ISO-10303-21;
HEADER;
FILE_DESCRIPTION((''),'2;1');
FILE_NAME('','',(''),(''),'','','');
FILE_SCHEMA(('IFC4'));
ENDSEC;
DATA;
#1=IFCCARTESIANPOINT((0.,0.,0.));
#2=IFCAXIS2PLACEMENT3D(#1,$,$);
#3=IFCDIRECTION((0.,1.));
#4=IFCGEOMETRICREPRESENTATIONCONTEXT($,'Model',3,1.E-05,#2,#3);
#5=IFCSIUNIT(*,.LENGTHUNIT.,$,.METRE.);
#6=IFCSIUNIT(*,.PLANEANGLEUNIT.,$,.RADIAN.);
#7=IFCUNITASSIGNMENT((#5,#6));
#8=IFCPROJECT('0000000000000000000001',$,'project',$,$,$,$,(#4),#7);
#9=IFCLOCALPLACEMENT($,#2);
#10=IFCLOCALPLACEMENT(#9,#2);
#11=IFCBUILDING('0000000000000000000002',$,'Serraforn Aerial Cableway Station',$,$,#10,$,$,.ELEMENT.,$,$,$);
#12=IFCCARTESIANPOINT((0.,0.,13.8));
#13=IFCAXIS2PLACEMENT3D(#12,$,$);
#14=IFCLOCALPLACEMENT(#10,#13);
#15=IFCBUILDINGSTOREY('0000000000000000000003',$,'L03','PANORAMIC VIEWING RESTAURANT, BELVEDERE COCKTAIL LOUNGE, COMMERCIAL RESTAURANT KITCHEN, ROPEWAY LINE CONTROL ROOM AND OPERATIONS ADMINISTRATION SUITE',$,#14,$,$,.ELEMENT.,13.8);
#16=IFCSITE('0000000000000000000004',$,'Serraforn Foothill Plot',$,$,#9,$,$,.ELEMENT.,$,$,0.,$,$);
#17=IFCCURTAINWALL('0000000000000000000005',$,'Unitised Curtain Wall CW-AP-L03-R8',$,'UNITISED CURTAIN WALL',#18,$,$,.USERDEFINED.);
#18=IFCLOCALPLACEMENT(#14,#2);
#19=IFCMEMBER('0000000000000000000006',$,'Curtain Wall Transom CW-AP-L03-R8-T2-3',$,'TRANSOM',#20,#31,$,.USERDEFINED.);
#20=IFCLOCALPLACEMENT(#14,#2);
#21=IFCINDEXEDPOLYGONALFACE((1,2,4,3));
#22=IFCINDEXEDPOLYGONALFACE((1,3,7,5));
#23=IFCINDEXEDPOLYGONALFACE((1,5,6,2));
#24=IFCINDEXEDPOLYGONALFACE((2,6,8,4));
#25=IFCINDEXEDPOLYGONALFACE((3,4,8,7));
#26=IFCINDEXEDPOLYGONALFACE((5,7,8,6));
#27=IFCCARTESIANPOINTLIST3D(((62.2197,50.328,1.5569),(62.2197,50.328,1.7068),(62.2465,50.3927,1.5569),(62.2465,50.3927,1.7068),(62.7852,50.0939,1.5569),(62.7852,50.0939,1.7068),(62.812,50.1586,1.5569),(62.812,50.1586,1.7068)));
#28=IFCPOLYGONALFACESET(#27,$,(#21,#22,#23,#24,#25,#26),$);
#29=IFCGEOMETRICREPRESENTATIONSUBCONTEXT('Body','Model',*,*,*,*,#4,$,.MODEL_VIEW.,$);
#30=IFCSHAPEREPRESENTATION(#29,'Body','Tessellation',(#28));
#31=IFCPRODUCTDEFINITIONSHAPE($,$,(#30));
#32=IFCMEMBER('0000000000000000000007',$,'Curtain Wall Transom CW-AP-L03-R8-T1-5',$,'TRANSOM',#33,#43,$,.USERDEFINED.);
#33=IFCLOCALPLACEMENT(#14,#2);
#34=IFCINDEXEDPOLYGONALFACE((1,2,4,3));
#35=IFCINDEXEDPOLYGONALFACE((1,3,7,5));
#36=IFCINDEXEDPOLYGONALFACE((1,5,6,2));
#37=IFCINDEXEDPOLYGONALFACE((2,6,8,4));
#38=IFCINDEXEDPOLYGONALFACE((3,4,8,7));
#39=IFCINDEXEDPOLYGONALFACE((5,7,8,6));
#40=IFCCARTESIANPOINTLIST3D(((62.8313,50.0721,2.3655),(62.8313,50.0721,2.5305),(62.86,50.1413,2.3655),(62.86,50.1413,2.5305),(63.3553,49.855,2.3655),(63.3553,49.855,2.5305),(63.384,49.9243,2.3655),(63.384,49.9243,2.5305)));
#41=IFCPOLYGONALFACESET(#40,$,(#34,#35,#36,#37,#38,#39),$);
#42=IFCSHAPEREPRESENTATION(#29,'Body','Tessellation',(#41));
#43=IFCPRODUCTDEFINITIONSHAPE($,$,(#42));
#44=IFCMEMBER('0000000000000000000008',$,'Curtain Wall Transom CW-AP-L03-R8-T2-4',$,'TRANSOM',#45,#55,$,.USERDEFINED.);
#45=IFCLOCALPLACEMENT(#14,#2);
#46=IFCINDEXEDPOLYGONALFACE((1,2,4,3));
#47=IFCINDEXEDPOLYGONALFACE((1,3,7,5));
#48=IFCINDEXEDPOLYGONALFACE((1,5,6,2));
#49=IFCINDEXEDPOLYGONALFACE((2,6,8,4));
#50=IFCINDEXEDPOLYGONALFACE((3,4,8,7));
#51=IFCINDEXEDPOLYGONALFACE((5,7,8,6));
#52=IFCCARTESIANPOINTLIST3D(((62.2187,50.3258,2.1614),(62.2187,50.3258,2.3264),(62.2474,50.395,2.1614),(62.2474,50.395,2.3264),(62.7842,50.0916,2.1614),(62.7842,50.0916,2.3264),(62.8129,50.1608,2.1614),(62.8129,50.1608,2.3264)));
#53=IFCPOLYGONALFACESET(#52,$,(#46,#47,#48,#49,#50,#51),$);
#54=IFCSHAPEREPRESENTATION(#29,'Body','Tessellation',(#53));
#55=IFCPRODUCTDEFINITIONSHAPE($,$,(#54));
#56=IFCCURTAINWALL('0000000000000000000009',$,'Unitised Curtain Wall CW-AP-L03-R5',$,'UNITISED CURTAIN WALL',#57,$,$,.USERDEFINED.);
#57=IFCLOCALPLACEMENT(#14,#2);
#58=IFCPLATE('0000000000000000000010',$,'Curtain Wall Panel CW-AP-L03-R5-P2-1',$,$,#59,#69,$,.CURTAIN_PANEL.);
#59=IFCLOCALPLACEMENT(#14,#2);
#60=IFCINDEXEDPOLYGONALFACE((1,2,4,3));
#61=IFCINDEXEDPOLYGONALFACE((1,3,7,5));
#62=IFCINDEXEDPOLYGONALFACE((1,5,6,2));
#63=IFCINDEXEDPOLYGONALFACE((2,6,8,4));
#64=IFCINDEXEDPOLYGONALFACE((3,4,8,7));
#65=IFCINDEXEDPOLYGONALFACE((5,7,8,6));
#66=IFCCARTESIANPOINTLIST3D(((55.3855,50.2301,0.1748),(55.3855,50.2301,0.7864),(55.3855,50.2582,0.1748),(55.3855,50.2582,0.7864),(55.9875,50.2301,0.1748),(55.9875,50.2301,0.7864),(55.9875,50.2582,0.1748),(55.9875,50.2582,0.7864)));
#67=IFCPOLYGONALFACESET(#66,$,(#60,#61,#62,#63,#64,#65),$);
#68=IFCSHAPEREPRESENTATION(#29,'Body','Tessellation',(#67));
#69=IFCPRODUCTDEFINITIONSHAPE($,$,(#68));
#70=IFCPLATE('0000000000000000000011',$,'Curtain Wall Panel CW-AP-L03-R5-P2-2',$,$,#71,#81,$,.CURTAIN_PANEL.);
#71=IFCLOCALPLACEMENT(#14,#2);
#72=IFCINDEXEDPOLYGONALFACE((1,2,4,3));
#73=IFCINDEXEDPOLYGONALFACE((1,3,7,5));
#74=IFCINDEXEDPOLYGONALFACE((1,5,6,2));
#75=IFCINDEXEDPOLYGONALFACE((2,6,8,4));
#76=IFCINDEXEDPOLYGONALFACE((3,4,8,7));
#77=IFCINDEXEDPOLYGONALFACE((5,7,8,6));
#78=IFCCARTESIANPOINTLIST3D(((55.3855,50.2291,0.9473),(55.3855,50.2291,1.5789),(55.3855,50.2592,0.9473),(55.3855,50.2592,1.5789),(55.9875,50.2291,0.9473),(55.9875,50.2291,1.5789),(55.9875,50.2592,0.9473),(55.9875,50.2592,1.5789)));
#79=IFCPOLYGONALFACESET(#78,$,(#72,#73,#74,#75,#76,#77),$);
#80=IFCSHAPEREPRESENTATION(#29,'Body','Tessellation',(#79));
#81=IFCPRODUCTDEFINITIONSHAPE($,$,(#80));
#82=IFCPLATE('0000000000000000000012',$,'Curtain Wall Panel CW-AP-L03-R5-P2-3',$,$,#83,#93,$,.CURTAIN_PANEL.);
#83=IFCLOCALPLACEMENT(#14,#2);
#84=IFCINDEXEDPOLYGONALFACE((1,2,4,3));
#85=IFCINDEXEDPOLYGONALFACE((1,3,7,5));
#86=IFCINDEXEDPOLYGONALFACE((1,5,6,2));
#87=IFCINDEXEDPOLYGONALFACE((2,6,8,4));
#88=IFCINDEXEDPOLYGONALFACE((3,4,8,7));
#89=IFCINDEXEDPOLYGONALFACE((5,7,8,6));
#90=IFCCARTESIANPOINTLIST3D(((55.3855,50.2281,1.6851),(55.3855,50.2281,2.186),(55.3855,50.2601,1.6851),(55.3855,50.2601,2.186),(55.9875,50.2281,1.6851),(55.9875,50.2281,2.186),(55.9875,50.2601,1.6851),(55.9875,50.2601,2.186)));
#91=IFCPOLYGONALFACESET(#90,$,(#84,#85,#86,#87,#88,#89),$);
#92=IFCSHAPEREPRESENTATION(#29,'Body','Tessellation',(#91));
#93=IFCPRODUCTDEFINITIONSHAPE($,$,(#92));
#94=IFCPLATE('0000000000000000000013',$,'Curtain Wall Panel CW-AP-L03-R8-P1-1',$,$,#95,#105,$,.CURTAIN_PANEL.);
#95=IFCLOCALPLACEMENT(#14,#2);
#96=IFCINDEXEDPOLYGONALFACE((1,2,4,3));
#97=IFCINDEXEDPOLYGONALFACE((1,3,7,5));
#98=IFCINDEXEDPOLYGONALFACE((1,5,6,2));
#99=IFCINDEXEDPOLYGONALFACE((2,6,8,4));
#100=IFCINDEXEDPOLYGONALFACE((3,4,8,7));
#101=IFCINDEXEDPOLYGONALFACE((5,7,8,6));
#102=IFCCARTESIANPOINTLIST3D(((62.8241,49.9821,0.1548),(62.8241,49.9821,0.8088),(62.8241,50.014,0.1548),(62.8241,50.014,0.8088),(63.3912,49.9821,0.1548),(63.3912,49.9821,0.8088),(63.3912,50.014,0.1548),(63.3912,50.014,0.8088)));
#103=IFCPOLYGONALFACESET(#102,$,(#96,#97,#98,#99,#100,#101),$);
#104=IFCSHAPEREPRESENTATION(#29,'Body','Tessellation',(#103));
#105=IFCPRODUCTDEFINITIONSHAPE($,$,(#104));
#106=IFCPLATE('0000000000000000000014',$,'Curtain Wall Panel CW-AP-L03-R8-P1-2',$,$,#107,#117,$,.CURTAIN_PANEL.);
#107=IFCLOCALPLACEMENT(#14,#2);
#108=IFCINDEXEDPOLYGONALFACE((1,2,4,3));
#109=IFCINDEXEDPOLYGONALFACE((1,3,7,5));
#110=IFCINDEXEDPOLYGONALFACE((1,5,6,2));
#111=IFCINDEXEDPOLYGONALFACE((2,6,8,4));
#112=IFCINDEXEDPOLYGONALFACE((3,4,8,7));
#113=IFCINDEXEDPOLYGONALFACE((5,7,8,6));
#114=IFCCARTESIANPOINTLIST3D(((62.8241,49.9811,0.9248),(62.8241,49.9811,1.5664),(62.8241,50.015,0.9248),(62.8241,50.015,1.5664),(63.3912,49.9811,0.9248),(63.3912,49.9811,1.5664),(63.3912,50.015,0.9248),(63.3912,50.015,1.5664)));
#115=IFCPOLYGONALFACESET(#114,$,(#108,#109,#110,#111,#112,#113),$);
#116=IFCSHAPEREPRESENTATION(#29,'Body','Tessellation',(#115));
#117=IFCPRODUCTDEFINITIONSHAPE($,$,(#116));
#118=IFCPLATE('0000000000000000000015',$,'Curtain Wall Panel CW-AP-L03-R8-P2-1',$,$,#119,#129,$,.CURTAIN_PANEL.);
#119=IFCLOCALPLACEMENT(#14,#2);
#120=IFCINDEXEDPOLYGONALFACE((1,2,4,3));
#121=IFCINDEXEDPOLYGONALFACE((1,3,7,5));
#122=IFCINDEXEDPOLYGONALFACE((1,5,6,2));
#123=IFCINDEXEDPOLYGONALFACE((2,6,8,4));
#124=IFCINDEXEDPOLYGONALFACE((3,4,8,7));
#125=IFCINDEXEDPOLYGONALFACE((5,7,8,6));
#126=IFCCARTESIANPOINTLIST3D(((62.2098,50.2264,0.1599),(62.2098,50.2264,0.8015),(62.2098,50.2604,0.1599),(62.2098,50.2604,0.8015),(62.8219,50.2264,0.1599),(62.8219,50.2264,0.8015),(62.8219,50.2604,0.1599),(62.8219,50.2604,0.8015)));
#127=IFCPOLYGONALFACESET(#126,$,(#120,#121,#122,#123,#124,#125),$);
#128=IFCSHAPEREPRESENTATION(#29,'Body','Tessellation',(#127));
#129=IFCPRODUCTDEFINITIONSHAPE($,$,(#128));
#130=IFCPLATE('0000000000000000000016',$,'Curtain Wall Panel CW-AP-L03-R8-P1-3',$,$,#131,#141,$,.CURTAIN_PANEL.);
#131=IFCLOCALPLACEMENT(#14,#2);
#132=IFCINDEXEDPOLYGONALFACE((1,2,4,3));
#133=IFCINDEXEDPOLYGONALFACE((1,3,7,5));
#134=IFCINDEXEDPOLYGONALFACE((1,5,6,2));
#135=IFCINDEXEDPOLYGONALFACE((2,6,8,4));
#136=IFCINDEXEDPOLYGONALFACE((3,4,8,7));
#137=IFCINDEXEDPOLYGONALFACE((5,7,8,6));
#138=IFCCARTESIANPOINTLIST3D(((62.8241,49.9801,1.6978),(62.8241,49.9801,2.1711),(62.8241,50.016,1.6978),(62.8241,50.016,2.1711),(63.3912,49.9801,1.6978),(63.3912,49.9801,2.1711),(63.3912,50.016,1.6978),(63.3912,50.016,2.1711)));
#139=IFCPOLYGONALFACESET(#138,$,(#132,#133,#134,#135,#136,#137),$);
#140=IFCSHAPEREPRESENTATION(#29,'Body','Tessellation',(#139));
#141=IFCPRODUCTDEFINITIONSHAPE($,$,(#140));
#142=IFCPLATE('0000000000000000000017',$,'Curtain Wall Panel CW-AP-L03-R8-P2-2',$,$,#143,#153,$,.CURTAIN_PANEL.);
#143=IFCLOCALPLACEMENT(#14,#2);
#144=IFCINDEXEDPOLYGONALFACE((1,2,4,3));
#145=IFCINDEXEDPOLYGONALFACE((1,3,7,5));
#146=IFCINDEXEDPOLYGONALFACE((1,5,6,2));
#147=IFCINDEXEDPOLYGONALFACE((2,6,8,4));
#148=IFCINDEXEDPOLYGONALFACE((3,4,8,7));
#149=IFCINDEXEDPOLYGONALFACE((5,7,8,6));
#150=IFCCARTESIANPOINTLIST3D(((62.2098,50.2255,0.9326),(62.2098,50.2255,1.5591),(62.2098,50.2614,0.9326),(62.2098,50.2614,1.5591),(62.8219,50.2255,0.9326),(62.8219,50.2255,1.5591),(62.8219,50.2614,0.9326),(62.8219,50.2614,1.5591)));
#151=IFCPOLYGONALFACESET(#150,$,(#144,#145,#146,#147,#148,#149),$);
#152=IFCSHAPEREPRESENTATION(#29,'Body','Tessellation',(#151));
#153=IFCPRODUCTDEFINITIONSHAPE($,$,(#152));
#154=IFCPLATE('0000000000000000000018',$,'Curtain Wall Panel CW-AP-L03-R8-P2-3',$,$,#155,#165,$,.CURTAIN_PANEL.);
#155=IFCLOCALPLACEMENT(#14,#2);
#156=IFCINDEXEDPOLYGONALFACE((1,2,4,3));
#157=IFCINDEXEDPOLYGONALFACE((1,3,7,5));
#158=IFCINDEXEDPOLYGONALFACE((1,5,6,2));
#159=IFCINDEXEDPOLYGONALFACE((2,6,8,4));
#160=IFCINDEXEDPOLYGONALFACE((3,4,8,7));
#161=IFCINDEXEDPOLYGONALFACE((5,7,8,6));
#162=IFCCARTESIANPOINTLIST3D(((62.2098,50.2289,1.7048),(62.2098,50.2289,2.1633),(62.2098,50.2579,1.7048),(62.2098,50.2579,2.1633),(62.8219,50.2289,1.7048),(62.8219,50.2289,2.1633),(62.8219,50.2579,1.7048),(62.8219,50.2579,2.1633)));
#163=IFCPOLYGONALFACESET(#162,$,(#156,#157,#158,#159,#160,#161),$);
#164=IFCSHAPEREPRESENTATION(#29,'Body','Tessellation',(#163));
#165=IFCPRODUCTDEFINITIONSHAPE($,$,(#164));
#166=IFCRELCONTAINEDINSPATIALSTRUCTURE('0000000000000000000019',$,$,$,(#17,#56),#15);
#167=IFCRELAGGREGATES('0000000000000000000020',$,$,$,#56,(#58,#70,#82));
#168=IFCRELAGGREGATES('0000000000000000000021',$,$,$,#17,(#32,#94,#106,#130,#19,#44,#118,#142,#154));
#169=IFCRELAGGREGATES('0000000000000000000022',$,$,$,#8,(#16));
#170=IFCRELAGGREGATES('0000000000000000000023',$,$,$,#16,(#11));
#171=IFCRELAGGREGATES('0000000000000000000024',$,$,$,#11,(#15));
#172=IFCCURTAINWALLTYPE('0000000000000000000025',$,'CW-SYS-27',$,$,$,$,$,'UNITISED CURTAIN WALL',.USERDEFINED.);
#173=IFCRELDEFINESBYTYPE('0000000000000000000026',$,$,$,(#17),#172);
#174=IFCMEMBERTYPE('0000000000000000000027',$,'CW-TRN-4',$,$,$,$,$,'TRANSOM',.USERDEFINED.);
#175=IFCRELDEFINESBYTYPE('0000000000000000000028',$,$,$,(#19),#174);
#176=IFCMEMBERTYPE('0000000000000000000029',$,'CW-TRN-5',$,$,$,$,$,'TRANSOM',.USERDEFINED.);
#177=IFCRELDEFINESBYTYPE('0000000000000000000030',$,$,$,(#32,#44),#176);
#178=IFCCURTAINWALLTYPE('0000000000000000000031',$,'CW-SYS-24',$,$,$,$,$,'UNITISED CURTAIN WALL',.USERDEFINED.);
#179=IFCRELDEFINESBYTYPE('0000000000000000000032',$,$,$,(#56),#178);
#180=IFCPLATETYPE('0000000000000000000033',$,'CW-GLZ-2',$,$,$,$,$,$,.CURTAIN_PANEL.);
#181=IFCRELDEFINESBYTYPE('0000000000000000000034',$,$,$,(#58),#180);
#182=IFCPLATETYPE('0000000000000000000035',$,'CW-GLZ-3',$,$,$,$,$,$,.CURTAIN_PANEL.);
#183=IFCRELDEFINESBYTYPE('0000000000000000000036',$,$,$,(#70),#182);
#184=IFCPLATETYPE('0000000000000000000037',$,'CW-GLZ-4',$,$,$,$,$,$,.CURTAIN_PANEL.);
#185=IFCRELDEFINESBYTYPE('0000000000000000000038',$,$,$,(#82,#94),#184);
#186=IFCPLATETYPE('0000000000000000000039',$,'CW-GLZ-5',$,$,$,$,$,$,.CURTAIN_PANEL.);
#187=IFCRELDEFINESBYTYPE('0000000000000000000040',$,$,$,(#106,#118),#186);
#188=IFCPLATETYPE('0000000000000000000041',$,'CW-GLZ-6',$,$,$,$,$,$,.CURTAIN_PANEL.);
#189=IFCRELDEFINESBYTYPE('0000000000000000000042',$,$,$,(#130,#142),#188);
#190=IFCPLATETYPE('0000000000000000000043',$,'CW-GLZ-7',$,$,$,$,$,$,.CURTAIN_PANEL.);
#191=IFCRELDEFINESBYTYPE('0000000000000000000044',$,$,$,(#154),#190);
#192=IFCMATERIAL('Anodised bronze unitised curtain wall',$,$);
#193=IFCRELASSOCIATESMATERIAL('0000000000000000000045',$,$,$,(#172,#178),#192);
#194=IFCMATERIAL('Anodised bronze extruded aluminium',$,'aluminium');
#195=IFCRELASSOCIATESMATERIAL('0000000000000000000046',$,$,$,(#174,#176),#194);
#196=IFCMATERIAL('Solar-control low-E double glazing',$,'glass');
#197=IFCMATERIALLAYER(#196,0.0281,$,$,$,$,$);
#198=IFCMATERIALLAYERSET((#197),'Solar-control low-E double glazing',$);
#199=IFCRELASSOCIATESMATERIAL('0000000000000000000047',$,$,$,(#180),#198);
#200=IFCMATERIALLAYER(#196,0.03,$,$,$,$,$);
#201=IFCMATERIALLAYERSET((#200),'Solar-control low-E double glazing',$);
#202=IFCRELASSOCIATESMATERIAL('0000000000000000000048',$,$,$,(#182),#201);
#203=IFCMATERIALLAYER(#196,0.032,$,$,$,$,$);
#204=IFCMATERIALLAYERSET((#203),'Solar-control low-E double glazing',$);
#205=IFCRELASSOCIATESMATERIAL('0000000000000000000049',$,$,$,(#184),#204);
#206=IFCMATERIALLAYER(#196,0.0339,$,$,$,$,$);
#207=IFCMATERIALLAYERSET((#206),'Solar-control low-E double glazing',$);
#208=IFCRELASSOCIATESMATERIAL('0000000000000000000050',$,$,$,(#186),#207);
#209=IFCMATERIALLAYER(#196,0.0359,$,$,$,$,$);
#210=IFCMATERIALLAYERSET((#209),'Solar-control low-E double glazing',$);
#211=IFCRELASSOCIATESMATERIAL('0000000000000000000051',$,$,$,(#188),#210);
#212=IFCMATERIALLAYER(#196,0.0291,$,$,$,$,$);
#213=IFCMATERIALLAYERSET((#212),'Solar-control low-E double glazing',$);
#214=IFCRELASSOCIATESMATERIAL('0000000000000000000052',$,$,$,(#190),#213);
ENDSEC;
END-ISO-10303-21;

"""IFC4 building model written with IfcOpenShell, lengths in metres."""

from ifc_helpers import new_model, si_unit, direction, frame, origin, origin_2d, place, context, subcontext, project, spatial, rectangle, extrude, material, layer, layer_set, material_profile, profile_set, type_object, element, aggregate, save


model = new_model("IFC4")

# Units and contexts
model_context = context("Model", 3, precision=1e-05, world=origin(), true_north=direction((0.0, 1.0)))
body_context = subcontext(model_context, "Body", "Model", "MODEL_VIEW")
ifc_project = project(units=[si_unit("LENGTHUNIT", "METRE"), si_unit("PLANEANGLEUNIT", "RADIAN")], contexts=[model_context])

# Site, building, storey
site_placement = place(None, origin())
site = spatial("IfcSite", under=ifc_project, at=site_placement, Name="Serraforn Foothill Plot", CompositionType="ELEMENT", RefElevation=0.0)
building_placement = place(site_placement, origin())
building = spatial("IfcBuilding", under=site, at=building_placement, Name="Serraforn Aerial Cableway Station", CompositionType="ELEMENT")
storey_placement = place(building_placement, frame((0.0, 0.0, 13.8)))
storey = spatial("IfcBuildingStorey", under=building, at=storey_placement, Name="L03", Description="PANORAMIC VIEWING RESTAURANT, BELVEDERE COCKTAIL LOUNGE, COMMERCIAL RESTAURANT KITCHEN, ROPEWAY LINE CONTROL ROOM AND OPERATIONS ADMINISTRATION SUITE", CompositionType="ELEMENT", Elevation=13.8)

# Curtain wall, members
ifc_material_1 = material(Name="Anodised bronze unitised curtain wall")
curtain_wall_type_1 = type_object("IfcCurtainWallType", Name="CW-SYS-27", ElementType="UNITISED CURTAIN WALL", PredefinedType="USERDEFINED", material=ifc_material_1)
curtain_wall_1_placement = place(storey_placement, origin())
curtain_wall_1 = element("IfcCurtainWall", 1, at=curtain_wall_1_placement, inside=storey, type_object=curtain_wall_type_1, Name="Unitised Curtain Wall CW-AP-L03-R8", ObjectType="UNITISED CURTAIN WALL", PredefinedType="USERDEFINED")
ifc_material_2 = material(Name="Anodised bronze extruded aluminium", Category="aluminium")
ifc_material_profile_1 = material_profile(ifc_material_2, rectangle(XDim=0.0701, YDim=0.1499, at=origin_2d()), Name="CW TRANSOM 70x150")
ifc_profile_set_1 = profile_set([ifc_material_profile_1], Name="Anodised bronze extruded aluminium")
member_type_1 = type_object("IfcMemberType", Name="CW-TRN-4", ElementType="TRANSOM", PredefinedType="USERDEFINED", material=ifc_profile_set_1)
member_1_placement = place(storey_placement, frame((62.7986, 50.1262, 1.6318), z_axis=(-0.923924, 0.382575, 0.0), x_axis=(-0.382575, -0.923924, 0.0)))
member_1 = element("IfcMember", 2, at=member_1_placement, type_object=member_type_1, Name="Curtain Wall Transom CW-AP-L03-R8-T2-3", ObjectType="TRANSOM", PredefinedType="USERDEFINED", context=body_context, shape_type="SweptSolid", body=[
    extrude(rectangle(XDim=0.0701, YDim=0.1499, at=origin_2d()), origin(), (0.0, 0.0, 1.0), 0.6121),
])
ifc_material_profile_2 = material_profile(ifc_material_2, rectangle(XDim=0.075, YDim=0.165, at=origin_2d()), Name="CW TRANSOM 75x165")
ifc_profile_set_2 = profile_set([ifc_material_profile_2], Name="Anodised bronze extruded aluminium")
member_type_2 = type_object("IfcMemberType", Name="CW-TRN-5", ElementType="TRANSOM", PredefinedType="USERDEFINED", material=ifc_profile_set_2)
member_2_placement = place(storey_placement, frame((63.3696, 49.8896, 2.448), z_axis=(-0.923865, 0.382719, 0.0), x_axis=(-0.382719, -0.923865, 0.0)))
member_2 = element("IfcMember", 3, at=member_2_placement, type_object=member_type_2, Name="Curtain Wall Transom CW-AP-L03-R8-T1-5", ObjectType="TRANSOM", PredefinedType="USERDEFINED", context=body_context, shape_type="SweptSolid", body=[
    extrude(rectangle(XDim=0.075, YDim=0.165, at=origin_2d()), origin(), (0.0, 0.0, 1.0), 0.5671),
])
member_3_placement = place(storey_placement, frame((62.7986, 50.1262, 2.2439), z_axis=(-0.923924, 0.382575, 0.0), x_axis=(-0.382575, -0.923924, 0.0)))
member_3 = element("IfcMember", 4, at=member_3_placement, type_object=member_type_2, Name="Curtain Wall Transom CW-AP-L03-R8-T2-4", ObjectType="TRANSOM", PredefinedType="USERDEFINED", context=body_context, shape_type="SweptSolid", body=[
    extrude(rectangle(XDim=0.075, YDim=0.165, at=origin_2d()), origin(), (0.0, 0.0, 1.0), 0.6121),
])

# Curtain wall, plates
curtain_wall_type_2 = type_object("IfcCurtainWallType", Name="CW-SYS-24", ElementType="UNITISED CURTAIN WALL", PredefinedType="USERDEFINED", material=ifc_material_1)
curtain_wall_2_placement = place(storey_placement, origin())
curtain_wall_2 = element("IfcCurtainWall", 5, at=curtain_wall_2_placement, inside=storey, type_object=curtain_wall_type_2, Name="Unitised Curtain Wall CW-AP-L03-R5", ObjectType="UNITISED CURTAIN WALL", PredefinedType="USERDEFINED")
ifc_material_3 = material(Name="Solar-control low-E double glazing", Category="glass")
ifc_layer_1 = layer(ifc_material_3, 0.0281)
ifc_layer_set_1 = layer_set([ifc_layer_1], Name="Solar-control low-E double glazing")
plate_type_1 = type_object("IfcPlateType", Name="CW-GLZ-2", PredefinedType="CURTAIN_PANEL", material=ifc_layer_set_1)
plate_1_placement = place(storey_placement, frame((55.6865, 50.2441, 0.1748), z_axis=(0.0, 0.0, 1.0), x_axis=(1.0, 0.0, 0.0)))
plate_1 = element("IfcPlate", 6, at=plate_1_placement, type_object=plate_type_1, Name="Curtain Wall Panel CW-AP-L03-R5-P2-1", PredefinedType="CURTAIN_PANEL", context=body_context, shape_type="SweptSolid", body=[
    extrude(rectangle(XDim=0.6021, YDim=0.0281, at=origin_2d()), origin(), (0.0, 0.0, 1.0), 0.6116),
])
ifc_layer_2 = layer(ifc_material_3, 0.03)
ifc_layer_set_2 = layer_set([ifc_layer_2], Name="Solar-control low-E double glazing")
plate_type_2 = type_object("IfcPlateType", Name="CW-GLZ-3", PredefinedType="CURTAIN_PANEL", material=ifc_layer_set_2)
plate_2_placement = place(storey_placement, frame((55.6865, 50.2441, 0.9473), z_axis=(0.0, 0.0, 1.0), x_axis=(1.0, 0.0, 0.0)))
plate_2 = element("IfcPlate", 7, at=plate_2_placement, type_object=plate_type_2, Name="Curtain Wall Panel CW-AP-L03-R5-P2-2", PredefinedType="CURTAIN_PANEL", context=body_context, shape_type="SweptSolid", body=[
    extrude(rectangle(XDim=0.6021, YDim=0.03, at=origin_2d()), origin(), (0.0, 0.0, 1.0), 0.6316),
])
ifc_layer_3 = layer(ifc_material_3, 0.032)
ifc_layer_set_3 = layer_set([ifc_layer_3], Name="Solar-control low-E double glazing")
plate_type_3 = type_object("IfcPlateType", Name="CW-GLZ-4", PredefinedType="CURTAIN_PANEL", material=ifc_layer_set_3)
plate_3_placement = place(storey_placement, frame((55.6865, 50.2441, 1.6851), z_axis=(0.0, 0.0, 1.0), x_axis=(1.0, 0.0, 0.0)))
plate_3 = element("IfcPlate", 8, at=plate_3_placement, type_object=plate_type_3, Name="Curtain Wall Panel CW-AP-L03-R5-P2-3", PredefinedType="CURTAIN_PANEL", context=body_context, shape_type="SweptSolid", body=[
    extrude(rectangle(XDim=0.6021, YDim=0.032, at=origin_2d()), origin(), (0.0, 0.0, 1.0), 0.501),
])
aggregate(curtain_wall_2, [plate_1, plate_2, plate_3])

# Plates
plate_4_placement = place(storey_placement, frame((63.1077, 49.998, 0.1548), z_axis=(0.0, 0.0, 1.0), x_axis=(1.0, 0.0, 0.0)))
plate_4 = element("IfcPlate", 9, at=plate_4_placement, type_object=plate_type_3, Name="Curtain Wall Panel CW-AP-L03-R8-P1-1", PredefinedType="CURTAIN_PANEL", context=body_context, shape_type="SweptSolid", body=[
    extrude(rectangle(XDim=0.5671, YDim=0.032, at=origin_2d()), origin(), (0.0, 0.0, 1.0), 0.6541),
])
ifc_layer_4 = layer(ifc_material_3, 0.0339)
ifc_layer_set_4 = layer_set([ifc_layer_4], Name="Solar-control low-E double glazing")
plate_type_4 = type_object("IfcPlateType", Name="CW-GLZ-5", PredefinedType="CURTAIN_PANEL", material=ifc_layer_set_4)
plate_5_placement = place(storey_placement, frame((63.1077, 49.998, 0.9248), z_axis=(0.0, 0.0, 1.0), x_axis=(1.0, 0.0, 0.0)))
plate_5 = element("IfcPlate", 10, at=plate_5_placement, type_object=plate_type_4, Name="Curtain Wall Panel CW-AP-L03-R8-P1-2", PredefinedType="CURTAIN_PANEL", context=body_context, shape_type="SweptSolid", body=[
    extrude(rectangle(XDim=0.5671, YDim=0.0339, at=origin_2d()), origin(), (0.0, 0.0, 1.0), 0.6416),
])
plate_6_placement = place(storey_placement, frame((62.5159, 50.2434, 0.1599), z_axis=(0.0, 0.0, 1.0), x_axis=(1.0, 0.0, 0.0)))
plate_6 = element("IfcPlate", 11, at=plate_6_placement, type_object=plate_type_4, Name="Curtain Wall Panel CW-AP-L03-R8-P2-1", PredefinedType="CURTAIN_PANEL", context=body_context, shape_type="SweptSolid", body=[
    extrude(rectangle(XDim=0.6121, YDim=0.0339, at=origin_2d()), origin(), (0.0, 0.0, 1.0), 0.6416),
])
ifc_layer_5 = layer(ifc_material_3, 0.0359)
ifc_layer_set_5 = layer_set([ifc_layer_5], Name="Solar-control low-E double glazing")
plate_type_5 = type_object("IfcPlateType", Name="CW-GLZ-6", PredefinedType="CURTAIN_PANEL", material=ifc_layer_set_5)
plate_7_placement = place(storey_placement, frame((63.1077, 49.998, 1.6978), z_axis=(0.0, 0.0, 1.0), x_axis=(1.0, 0.0, 0.0)))
plate_7 = element("IfcPlate", 12, at=plate_7_placement, type_object=plate_type_5, Name="Curtain Wall Panel CW-AP-L03-R8-P1-3", PredefinedType="CURTAIN_PANEL", context=body_context, shape_type="SweptSolid", body=[
    extrude(rectangle(XDim=0.5671, YDim=0.0359, at=origin_2d()), origin(), (0.0, 0.0, 1.0), 0.4734),
])
plate_8_placement = place(storey_placement, frame((62.5159, 50.2434, 0.9326), z_axis=(0.0, 0.0, 1.0), x_axis=(1.0, 0.0, 0.0)))
plate_8 = element("IfcPlate", 13, at=plate_8_placement, type_object=plate_type_5, Name="Curtain Wall Panel CW-AP-L03-R8-P2-2", PredefinedType="CURTAIN_PANEL", context=body_context, shape_type="SweptSolid", body=[
    extrude(rectangle(XDim=0.6121, YDim=0.0359, at=origin_2d()), origin(), (0.0, 0.0, 1.0), 0.6265),
])
ifc_layer_6 = layer(ifc_material_3, 0.0291)
ifc_layer_set_6 = layer_set([ifc_layer_6], Name="Solar-control low-E double glazing")
plate_type_6 = type_object("IfcPlateType", Name="CW-GLZ-7", PredefinedType="CURTAIN_PANEL", material=ifc_layer_set_6)
plate_9_placement = place(storey_placement, frame((62.5159, 50.2434, 1.7048), z_axis=(0.0, 0.0, 1.0), x_axis=(1.0, 0.0, 0.0)))
plate_9 = element("IfcPlate", 14, at=plate_9_placement, type_object=plate_type_6, Name="Curtain Wall Panel CW-AP-L03-R8-P2-3", PredefinedType="CURTAIN_PANEL", context=body_context, shape_type="SweptSolid", body=[
    extrude(rectangle(XDim=0.6121, YDim=0.0291, at=origin_2d()), origin(), (0.0, 0.0, 1.0), 0.4585),
])
aggregate(curtain_wall_1, [member_2, plate_4, plate_5, plate_7, member_1, member_3, plate_6, plate_8, plate_9])

save(model, "model.ifc")
